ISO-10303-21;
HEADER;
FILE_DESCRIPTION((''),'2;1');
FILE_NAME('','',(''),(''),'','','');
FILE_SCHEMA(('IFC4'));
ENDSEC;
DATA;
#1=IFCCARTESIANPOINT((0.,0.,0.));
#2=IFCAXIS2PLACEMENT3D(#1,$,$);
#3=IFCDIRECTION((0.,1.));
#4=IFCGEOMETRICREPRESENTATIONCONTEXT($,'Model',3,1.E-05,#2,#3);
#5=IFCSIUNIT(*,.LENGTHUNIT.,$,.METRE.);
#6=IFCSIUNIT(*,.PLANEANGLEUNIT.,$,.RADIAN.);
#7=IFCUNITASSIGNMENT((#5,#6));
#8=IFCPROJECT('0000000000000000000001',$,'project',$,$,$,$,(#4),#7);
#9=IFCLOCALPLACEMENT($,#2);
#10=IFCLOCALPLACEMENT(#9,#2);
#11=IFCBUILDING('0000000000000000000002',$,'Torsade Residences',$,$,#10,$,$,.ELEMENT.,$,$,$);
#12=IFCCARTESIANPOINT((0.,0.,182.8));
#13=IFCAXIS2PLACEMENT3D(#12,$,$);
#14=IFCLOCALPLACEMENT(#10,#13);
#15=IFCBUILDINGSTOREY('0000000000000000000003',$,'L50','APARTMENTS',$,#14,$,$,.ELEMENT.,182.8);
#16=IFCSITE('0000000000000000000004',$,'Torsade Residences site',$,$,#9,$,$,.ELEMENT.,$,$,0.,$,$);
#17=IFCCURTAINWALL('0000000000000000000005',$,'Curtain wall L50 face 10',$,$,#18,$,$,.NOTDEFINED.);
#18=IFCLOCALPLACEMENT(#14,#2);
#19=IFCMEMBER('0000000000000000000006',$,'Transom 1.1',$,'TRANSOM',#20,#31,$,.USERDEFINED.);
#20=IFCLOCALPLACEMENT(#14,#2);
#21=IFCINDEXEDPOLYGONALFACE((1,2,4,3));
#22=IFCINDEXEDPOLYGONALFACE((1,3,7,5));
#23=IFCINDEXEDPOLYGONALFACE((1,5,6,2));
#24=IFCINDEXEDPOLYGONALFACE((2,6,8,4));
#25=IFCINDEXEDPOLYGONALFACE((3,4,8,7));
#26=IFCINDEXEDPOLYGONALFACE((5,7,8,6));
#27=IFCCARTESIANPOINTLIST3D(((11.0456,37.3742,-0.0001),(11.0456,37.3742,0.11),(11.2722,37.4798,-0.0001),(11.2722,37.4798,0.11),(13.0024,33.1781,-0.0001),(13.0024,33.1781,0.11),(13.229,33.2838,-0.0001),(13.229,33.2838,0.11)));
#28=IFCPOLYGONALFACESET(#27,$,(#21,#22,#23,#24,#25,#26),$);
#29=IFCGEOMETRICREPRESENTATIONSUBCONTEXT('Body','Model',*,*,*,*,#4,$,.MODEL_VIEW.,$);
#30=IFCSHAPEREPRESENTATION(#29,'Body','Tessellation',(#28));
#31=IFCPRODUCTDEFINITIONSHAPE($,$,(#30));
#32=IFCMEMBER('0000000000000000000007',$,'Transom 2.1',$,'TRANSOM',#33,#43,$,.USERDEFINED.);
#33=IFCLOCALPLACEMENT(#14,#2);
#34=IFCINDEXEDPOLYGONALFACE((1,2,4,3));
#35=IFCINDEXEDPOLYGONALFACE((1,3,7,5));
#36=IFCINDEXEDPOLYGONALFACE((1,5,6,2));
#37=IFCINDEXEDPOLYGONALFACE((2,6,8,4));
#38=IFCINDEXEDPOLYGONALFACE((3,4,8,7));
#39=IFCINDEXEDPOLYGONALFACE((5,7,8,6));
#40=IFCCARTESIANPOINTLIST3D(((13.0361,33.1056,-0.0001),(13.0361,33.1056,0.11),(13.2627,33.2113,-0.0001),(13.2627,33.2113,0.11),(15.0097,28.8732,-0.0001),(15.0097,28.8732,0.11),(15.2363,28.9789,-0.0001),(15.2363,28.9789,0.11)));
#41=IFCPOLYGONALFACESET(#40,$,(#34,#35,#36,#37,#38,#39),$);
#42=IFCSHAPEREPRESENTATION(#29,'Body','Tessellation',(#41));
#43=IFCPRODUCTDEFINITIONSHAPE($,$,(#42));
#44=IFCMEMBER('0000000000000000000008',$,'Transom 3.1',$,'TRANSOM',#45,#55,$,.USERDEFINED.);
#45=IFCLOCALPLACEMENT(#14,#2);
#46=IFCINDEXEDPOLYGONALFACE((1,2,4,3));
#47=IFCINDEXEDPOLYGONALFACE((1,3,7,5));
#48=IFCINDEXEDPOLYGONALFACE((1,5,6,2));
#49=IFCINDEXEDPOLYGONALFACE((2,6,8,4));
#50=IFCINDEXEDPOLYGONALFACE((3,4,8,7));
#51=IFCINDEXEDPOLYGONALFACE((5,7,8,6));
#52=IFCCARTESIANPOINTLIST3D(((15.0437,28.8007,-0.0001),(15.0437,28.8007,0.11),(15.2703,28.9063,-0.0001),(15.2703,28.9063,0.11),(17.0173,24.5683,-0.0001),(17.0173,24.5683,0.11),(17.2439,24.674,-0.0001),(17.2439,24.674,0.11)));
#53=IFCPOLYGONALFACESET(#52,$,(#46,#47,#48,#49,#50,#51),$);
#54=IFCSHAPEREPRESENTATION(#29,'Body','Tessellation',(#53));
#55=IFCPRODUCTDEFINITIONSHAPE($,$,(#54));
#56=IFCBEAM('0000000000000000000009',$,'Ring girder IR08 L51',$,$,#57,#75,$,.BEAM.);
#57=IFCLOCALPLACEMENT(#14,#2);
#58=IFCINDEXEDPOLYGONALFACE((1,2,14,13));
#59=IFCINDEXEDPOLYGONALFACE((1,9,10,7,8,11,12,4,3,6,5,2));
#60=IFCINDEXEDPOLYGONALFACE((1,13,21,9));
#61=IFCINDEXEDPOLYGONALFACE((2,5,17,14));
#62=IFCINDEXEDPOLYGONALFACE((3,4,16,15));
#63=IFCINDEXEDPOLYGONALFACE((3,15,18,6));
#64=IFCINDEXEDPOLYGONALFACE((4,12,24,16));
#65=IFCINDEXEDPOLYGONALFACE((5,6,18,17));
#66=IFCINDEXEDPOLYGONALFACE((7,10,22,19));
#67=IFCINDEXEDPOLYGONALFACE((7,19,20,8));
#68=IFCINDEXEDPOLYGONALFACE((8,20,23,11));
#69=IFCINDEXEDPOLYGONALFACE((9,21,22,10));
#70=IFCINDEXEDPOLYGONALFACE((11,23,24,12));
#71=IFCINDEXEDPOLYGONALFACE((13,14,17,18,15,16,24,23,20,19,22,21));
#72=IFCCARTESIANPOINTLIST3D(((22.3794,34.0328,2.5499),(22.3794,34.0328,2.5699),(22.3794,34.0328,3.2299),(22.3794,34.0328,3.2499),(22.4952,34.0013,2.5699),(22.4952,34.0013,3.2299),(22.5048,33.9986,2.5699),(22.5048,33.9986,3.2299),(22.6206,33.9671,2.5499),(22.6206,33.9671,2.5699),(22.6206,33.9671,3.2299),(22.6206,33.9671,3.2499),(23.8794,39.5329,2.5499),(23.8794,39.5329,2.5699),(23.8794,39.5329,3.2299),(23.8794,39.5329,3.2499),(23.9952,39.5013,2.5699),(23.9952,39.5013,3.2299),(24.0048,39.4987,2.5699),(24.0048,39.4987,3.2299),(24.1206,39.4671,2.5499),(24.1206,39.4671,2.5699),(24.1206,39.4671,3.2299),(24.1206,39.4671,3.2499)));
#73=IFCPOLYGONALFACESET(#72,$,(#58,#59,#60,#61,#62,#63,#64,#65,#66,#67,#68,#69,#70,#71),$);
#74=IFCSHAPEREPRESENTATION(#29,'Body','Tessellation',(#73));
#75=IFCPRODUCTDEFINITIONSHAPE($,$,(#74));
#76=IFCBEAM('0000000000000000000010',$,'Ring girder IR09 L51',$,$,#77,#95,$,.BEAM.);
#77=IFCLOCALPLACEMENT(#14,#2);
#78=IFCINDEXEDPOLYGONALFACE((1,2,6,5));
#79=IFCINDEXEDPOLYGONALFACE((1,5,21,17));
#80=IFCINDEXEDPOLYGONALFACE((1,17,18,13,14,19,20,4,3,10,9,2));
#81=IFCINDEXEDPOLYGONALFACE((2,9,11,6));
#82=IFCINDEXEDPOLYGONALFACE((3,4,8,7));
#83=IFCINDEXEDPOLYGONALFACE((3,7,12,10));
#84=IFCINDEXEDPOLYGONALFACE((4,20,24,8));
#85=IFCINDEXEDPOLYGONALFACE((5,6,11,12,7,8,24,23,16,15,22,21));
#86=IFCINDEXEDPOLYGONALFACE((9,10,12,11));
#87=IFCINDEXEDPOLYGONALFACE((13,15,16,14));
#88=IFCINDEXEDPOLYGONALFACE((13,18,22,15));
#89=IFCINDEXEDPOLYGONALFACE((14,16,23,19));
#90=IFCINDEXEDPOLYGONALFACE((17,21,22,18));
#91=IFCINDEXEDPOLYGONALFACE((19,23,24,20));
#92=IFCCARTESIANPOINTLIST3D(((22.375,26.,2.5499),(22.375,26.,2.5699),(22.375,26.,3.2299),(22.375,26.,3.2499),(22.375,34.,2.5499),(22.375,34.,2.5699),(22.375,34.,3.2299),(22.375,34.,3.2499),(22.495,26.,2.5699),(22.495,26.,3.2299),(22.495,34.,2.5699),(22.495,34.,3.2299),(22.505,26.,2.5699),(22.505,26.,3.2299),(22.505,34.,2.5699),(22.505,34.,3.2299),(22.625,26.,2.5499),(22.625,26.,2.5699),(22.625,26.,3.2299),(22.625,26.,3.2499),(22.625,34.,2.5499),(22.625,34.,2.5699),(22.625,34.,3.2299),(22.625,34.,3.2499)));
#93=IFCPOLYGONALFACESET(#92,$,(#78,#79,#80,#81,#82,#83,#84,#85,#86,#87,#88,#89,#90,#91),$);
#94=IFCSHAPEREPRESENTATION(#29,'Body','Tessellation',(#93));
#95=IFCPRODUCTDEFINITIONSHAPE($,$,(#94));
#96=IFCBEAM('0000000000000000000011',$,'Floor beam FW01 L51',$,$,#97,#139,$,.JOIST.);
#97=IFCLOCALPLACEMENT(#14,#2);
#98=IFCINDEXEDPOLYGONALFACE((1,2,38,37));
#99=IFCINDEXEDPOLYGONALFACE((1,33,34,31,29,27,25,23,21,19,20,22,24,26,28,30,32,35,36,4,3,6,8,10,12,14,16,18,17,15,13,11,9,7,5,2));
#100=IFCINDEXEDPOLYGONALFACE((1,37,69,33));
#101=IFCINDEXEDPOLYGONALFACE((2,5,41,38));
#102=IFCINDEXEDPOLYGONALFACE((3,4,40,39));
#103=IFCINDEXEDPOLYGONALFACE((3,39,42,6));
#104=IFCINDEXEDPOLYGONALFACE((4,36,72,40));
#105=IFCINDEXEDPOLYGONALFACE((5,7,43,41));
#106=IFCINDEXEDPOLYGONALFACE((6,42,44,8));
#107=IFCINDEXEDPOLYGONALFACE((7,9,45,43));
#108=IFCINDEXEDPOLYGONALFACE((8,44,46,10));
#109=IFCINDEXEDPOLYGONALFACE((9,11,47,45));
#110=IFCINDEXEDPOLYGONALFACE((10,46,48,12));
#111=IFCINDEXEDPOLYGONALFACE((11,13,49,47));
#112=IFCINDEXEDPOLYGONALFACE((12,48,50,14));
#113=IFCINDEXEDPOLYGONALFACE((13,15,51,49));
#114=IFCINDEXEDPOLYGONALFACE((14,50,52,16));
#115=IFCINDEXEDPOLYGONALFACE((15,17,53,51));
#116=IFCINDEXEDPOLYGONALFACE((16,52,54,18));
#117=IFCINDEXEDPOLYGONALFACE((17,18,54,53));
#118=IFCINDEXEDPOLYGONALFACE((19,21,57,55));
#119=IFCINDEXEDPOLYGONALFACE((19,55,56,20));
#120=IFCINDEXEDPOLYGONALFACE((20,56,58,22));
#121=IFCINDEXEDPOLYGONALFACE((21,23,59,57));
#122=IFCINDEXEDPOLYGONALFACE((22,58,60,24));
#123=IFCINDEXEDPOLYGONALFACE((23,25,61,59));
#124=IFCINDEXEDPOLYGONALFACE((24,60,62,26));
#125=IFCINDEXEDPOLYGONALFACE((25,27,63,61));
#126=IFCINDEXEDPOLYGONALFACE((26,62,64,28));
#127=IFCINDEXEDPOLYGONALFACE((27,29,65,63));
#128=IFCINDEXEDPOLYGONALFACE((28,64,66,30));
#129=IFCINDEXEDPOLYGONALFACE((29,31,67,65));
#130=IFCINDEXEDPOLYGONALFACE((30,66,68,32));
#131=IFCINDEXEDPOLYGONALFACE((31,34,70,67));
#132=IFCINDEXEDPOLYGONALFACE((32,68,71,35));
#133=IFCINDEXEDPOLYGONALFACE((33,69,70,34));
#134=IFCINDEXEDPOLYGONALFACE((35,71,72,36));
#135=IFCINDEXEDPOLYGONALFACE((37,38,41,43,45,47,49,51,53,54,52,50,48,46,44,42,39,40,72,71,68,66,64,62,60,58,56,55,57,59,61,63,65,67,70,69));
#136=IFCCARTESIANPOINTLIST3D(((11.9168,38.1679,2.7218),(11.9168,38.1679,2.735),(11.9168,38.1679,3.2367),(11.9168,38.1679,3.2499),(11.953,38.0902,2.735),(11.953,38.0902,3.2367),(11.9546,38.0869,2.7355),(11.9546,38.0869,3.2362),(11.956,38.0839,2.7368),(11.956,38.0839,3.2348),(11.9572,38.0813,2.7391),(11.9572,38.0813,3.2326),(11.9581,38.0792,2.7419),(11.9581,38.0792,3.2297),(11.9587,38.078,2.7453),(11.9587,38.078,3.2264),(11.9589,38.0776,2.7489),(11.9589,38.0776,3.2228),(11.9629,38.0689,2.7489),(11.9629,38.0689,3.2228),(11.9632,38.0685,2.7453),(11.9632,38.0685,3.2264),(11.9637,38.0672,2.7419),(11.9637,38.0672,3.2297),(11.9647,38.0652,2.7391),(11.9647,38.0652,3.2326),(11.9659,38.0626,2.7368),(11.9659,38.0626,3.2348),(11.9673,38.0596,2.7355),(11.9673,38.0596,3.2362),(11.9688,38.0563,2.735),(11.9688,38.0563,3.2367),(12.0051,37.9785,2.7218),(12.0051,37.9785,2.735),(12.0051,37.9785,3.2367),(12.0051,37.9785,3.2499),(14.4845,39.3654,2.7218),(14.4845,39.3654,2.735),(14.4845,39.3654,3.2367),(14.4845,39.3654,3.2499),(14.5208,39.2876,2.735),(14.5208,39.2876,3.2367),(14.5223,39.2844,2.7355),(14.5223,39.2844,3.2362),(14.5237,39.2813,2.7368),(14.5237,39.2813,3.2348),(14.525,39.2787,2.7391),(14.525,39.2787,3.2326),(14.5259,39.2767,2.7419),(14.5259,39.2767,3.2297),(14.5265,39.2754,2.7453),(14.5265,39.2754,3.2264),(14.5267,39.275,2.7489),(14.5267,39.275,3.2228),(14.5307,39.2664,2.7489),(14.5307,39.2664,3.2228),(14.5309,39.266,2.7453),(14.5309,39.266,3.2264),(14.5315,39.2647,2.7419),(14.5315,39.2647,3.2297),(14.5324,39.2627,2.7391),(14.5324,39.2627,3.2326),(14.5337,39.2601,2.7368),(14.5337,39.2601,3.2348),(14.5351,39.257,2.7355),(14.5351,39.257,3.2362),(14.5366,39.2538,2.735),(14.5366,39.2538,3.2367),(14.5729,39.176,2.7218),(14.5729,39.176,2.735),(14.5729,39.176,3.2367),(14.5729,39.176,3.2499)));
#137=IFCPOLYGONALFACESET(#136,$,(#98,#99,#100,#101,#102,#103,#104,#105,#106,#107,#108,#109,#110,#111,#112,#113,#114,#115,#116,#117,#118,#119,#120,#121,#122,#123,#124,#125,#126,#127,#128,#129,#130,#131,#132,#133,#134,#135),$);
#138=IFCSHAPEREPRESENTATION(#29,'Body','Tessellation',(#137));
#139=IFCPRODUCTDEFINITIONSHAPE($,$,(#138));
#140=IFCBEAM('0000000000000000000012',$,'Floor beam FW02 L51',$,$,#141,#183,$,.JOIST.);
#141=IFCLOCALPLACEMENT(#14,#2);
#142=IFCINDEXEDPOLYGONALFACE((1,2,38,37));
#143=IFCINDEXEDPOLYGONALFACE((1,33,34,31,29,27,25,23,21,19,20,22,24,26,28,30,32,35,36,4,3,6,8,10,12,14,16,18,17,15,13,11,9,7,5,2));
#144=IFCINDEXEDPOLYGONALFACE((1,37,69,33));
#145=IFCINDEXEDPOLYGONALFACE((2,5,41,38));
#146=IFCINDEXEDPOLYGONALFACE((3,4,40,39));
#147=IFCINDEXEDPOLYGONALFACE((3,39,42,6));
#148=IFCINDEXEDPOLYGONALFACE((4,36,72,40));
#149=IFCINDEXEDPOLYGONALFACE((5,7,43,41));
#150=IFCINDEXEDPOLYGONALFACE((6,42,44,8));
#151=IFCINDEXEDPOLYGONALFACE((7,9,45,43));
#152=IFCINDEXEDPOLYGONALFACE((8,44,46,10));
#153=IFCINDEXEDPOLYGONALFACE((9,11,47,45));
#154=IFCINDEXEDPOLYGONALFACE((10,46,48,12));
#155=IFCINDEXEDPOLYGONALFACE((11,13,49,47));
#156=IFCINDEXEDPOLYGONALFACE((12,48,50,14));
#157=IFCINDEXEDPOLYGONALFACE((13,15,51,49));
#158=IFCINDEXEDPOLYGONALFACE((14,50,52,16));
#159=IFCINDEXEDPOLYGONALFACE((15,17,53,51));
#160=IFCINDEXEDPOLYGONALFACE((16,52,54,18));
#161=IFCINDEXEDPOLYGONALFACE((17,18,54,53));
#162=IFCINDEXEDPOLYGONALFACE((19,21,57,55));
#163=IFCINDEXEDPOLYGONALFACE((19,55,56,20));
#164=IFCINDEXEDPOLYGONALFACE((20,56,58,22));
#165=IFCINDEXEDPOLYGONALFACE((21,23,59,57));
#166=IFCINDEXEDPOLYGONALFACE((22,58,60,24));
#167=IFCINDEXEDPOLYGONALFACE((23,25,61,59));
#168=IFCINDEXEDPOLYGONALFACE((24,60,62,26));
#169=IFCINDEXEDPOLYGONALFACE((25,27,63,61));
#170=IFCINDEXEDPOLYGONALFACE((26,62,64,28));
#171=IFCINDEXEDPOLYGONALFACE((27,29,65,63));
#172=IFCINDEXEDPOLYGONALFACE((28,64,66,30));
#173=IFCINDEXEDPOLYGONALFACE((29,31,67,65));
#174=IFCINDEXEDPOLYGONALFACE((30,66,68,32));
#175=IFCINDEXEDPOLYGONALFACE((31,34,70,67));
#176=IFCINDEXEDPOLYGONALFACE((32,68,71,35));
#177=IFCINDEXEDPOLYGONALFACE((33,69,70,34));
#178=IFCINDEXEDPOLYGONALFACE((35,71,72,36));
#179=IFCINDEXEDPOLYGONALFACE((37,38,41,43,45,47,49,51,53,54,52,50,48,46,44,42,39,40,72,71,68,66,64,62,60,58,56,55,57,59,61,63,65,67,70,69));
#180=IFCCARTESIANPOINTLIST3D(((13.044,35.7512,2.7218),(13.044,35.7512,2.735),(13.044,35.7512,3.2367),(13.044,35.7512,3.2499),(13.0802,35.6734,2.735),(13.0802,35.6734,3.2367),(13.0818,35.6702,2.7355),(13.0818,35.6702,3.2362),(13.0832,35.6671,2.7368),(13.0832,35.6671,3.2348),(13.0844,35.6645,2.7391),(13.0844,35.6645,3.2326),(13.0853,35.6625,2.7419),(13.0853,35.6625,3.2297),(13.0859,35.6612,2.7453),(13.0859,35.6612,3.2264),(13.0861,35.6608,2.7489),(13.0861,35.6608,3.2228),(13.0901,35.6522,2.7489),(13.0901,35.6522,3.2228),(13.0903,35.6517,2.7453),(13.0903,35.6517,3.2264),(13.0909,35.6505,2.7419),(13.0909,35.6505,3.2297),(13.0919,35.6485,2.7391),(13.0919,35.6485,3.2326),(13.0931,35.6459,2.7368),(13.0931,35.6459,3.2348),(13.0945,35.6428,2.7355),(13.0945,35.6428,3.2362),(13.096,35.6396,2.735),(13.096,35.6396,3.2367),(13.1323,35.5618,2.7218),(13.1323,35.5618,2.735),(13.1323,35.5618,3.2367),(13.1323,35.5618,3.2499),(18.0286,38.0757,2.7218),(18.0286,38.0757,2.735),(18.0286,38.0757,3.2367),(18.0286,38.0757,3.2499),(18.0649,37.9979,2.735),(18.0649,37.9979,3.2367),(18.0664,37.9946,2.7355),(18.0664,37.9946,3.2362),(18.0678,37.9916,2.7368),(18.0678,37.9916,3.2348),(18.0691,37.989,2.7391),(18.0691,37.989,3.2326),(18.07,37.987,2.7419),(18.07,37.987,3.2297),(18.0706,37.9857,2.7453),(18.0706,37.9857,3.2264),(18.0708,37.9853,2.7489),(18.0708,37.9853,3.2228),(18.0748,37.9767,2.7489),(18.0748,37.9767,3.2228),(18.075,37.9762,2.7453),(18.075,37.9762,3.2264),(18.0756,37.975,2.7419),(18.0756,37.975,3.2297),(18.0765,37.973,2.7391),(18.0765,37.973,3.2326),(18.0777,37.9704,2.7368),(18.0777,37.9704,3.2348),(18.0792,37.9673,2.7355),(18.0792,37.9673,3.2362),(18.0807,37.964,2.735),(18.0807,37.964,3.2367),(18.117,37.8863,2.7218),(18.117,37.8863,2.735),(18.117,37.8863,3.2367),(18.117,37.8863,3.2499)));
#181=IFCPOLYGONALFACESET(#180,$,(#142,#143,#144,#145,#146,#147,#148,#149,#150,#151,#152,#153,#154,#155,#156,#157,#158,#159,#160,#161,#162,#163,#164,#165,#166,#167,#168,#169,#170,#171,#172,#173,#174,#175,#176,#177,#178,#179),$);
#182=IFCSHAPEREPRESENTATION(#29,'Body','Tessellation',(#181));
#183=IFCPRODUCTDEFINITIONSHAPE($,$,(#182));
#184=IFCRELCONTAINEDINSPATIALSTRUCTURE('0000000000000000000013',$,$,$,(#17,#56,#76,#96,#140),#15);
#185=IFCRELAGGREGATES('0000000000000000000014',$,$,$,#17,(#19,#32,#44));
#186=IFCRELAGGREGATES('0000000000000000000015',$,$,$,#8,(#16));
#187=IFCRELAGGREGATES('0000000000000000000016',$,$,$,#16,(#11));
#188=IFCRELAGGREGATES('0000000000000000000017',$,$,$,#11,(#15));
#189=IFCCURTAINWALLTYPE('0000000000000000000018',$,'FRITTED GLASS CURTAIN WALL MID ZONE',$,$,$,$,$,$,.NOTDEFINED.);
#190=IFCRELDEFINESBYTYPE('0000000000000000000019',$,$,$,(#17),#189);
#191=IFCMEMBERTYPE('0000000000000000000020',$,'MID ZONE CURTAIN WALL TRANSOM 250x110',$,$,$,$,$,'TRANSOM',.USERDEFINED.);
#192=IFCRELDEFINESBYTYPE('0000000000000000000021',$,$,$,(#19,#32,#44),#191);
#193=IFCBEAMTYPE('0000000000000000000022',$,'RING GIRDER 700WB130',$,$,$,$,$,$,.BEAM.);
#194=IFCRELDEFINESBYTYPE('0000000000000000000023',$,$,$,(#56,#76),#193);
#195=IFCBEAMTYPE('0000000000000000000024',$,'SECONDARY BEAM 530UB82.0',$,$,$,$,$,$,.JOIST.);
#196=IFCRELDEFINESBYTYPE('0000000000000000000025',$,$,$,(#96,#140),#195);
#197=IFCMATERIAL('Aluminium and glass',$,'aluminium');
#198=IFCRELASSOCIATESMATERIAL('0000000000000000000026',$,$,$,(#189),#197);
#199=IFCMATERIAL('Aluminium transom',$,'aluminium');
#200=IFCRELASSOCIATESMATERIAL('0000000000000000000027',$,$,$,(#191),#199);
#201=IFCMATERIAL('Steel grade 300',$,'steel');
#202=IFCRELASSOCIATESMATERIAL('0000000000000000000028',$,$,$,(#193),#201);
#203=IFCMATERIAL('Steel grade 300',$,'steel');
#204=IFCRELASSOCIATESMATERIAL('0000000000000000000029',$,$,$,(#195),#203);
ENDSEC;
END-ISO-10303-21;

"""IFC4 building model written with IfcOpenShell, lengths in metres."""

from ifc_helpers import new_model, si_unit, direction, frame, origin, origin_2d, place, context, subcontext, project, spatial, rectangle, i_section, extrude, material, material_profile, profile_set, type_object, element, aggregate, save


model = new_model("IFC4")

# Units and contexts
model_context = context("Model", 3, precision=1e-05, world=origin(), true_north=direction((0.0, 1.0)))
body_context = subcontext(model_context, "Body", "Model", "MODEL_VIEW")
ifc_project = project(units=[si_unit("LENGTHUNIT", "METRE"), si_unit("PLANEANGLEUNIT", "RADIAN")], contexts=[model_context])

# Site, building, storey
site_placement = place(None, origin())
site = spatial("IfcSite", under=ifc_project, at=site_placement, Name="Torsade Residences site", CompositionType="ELEMENT", RefElevation=0.0)
building_placement = place(site_placement, origin())
building = spatial("IfcBuilding", under=site, at=building_placement, Name="Torsade Residences", CompositionType="ELEMENT")
storey_placement = place(building_placement, frame((0.0, 0.0, 182.8)))
storey = spatial("IfcBuildingStorey", under=building, at=storey_placement, Name="L50", Description="APARTMENTS", CompositionType="ELEMENT", Elevation=182.8)

# Curtain wall, members
ifc_material_1 = material(Name="Aluminium and glass", Category="aluminium")
curtain_wall_type = type_object("IfcCurtainWallType", Name="FRITTED GLASS CURTAIN WALL MID ZONE", PredefinedType="NOTDEFINED", material=ifc_material_1)
curtain_wall_placement = place(storey_placement, origin())
curtain_wall = element("IfcCurtainWall", 1, at=curtain_wall_placement, inside=storey, type_object=curtain_wall_type, Name="Curtain wall L50 face 10", PredefinedType="NOTDEFINED")
ifc_material_2 = material(Name="Aluminium transom", Category="aluminium")
ifc_material_profile_1 = material_profile(ifc_material_2, rectangle(XDim=0.25, YDim=0.1101, at=origin_2d()), Name="MID ZONE CURTAIN WALL TRANSOM 250x110")
ifc_profile_set_1 = profile_set([ifc_material_profile_1], Name="Aluminium transom")
member_type_1 = type_object("IfcMemberType", Name="MID ZONE CURTAIN WALL TRANSOM 250x110", ElementType="TRANSOM", PredefinedType="USERDEFINED", material=ifc_profile_set_1)
member_1_placement = place(storey_placement, frame((11.1589, 37.427, 0.0549), z_axis=(0.422643, -0.906296, 0.0), x_axis=(0.906296, 0.422643, 0.0)))
member_1 = element("IfcMember", 2, at=member_1_placement, type_object=member_type_1, Name="Transom 1.1", ObjectType="TRANSOM", PredefinedType="USERDEFINED", context=body_context, shape_type="SweptSolid", body=[
    extrude(rectangle(XDim=0.25, YDim=0.1101, at=origin_2d()), origin(), (0.0, 0.0, 1.0), 4.6299),
])
member_2_placement = place(storey_placement, frame((13.1494, 33.1584, 0.0549), z_axis=(0.422622, -0.906306, 0.0), x_axis=(0.906306, 0.422622, 0.0)))
member_2 = element("IfcMember", 3, at=member_2_placement, type_object=member_type_1, Name="Transom 2.1", ObjectType="TRANSOM", PredefinedType="USERDEFINED", context=body_context, shape_type="SweptSolid", body=[
    extrude(rectangle(XDim=0.25, YDim=0.1101, at=origin_2d()), origin(), (0.0, 0.0, 1.0), 4.6699),
])
member_3_placement = place(storey_placement, frame((15.157, 28.8535, 0.0549), z_axis=(0.422622, -0.906306, 0.0), x_axis=(0.906306, 0.422622, 0.0)))
member_3 = element("IfcMember", 4, at=member_3_placement, type_object=member_type_1, Name="Transom 3.1", ObjectType="TRANSOM", PredefinedType="USERDEFINED", context=body_context, shape_type="SweptSolid", body=[
    extrude(rectangle(XDim=0.25, YDim=0.1101, at=origin_2d()), origin(), (0.0, 0.0, 1.0), 4.6699),
])

# Beams
ifc_material_3 = material(Name="Steel grade 300", Category="steel")
ifc_material_profile_2 = material_profile(ifc_material_3, i_section(OverallWidth=0.25, OverallDepth=0.7, WebThickness=0.01, FlangeThickness=0.02, at=origin_2d()), Name="700WB130")
ifc_profile_set_2 = profile_set([ifc_material_profile_2], Name="Steel grade 300")
beam_type_1 = type_object("IfcBeamType", Name="RING GIRDER 700WB130", PredefinedType="BEAM", material=ifc_profile_set_2)
beam_1_placement = place(storey_placement, frame((24.0, 39.5, 2.8999), z_axis=(-0.263117, -0.964764, 0.0), x_axis=(0.964764, -0.263117, 0.0)))
element("IfcBeam", 5, at=beam_1_placement, inside=storey, type_object=beam_type_1, Name="Ring girder IR08 L51", PredefinedType="BEAM", context=body_context, shape_type="SweptSolid", body=[
    extrude(i_section(OverallWidth=0.25, OverallDepth=0.7, WebThickness=0.01, FlangeThickness=0.02, at=origin_2d()), origin(), (0.0, 0.0, 1.0), 5.7009),
])
beam_2_placement = place(storey_placement, frame((22.5, 34.0, 2.8999), z_axis=(0.0, -1.0, 0.0), x_axis=(1.0, 0.0, 0.0)))
element("IfcBeam", 6, at=beam_2_placement, inside=storey, type_object=beam_type_1, Name="Ring girder IR09 L51", PredefinedType="BEAM", context=body_context, shape_type="SweptSolid", body=[
    extrude(i_section(OverallWidth=0.25, OverallDepth=0.7, WebThickness=0.01, FlangeThickness=0.02, at=origin_2d()), origin(), (0.0, 0.0, 1.0), 8.0),
])
ifc_material_4 = material(Name="Steel grade 300", Category="steel")
ifc_material_profile_3 = material_profile(ifc_material_4, i_section(OverallWidth=0.209, OverallDepth=0.5281, WebThickness=0.0095, FlangeThickness=0.0132, FilletRadius=0.0139, at=origin_2d()), Name="530UB82.0")
ifc_profile_set_3 = profile_set([ifc_material_profile_3], Name="Steel grade 300")
beam_type_2 = type_object("IfcBeamType", Name="SECONDARY BEAM 530UB82.0", PredefinedType="JOIST", material=ifc_profile_set_3)
beam_3_placement = place(storey_placement, frame((11.9609, 38.0732, 2.9858), z_axis=(0.906295, 0.422645, 0.0), x_axis=(-0.422645, 0.906295, 0.0)))
element("IfcBeam", 7, at=beam_3_placement, inside=storey, type_object=beam_type_2, Name="Floor beam FW01 L51", PredefinedType="JOIST", context=body_context, shape_type="SweptSolid", body=[
    extrude(i_section(OverallWidth=0.209, OverallDepth=0.5281, WebThickness=0.0095, FlangeThickness=0.0132, FilletRadius=0.0139, at=origin_2d()), origin(), (0.0, 0.0, 1.0), 2.8333),
])
beam_4_placement = place(storey_placement, frame((13.0881, 35.6565, 2.9858), z_axis=(0.906301, 0.422633, 0.0), x_axis=(-0.422633, 0.906301, 0.0)))
element("IfcBeam", 8, at=beam_4_placement, inside=storey, type_object=beam_type_2, Name="Floor beam FW02 L51", PredefinedType="JOIST", context=body_context, shape_type="SweptSolid", body=[
    extrude(i_section(OverallWidth=0.209, OverallDepth=0.5281, WebThickness=0.0095, FlangeThickness=0.0132, FilletRadius=0.0139, at=origin_2d()), origin(), (0.0, 0.0, 1.0), 5.5),
])

aggregate(curtain_wall, [member_1, member_2, member_3])

save(model, "model.ifc")
